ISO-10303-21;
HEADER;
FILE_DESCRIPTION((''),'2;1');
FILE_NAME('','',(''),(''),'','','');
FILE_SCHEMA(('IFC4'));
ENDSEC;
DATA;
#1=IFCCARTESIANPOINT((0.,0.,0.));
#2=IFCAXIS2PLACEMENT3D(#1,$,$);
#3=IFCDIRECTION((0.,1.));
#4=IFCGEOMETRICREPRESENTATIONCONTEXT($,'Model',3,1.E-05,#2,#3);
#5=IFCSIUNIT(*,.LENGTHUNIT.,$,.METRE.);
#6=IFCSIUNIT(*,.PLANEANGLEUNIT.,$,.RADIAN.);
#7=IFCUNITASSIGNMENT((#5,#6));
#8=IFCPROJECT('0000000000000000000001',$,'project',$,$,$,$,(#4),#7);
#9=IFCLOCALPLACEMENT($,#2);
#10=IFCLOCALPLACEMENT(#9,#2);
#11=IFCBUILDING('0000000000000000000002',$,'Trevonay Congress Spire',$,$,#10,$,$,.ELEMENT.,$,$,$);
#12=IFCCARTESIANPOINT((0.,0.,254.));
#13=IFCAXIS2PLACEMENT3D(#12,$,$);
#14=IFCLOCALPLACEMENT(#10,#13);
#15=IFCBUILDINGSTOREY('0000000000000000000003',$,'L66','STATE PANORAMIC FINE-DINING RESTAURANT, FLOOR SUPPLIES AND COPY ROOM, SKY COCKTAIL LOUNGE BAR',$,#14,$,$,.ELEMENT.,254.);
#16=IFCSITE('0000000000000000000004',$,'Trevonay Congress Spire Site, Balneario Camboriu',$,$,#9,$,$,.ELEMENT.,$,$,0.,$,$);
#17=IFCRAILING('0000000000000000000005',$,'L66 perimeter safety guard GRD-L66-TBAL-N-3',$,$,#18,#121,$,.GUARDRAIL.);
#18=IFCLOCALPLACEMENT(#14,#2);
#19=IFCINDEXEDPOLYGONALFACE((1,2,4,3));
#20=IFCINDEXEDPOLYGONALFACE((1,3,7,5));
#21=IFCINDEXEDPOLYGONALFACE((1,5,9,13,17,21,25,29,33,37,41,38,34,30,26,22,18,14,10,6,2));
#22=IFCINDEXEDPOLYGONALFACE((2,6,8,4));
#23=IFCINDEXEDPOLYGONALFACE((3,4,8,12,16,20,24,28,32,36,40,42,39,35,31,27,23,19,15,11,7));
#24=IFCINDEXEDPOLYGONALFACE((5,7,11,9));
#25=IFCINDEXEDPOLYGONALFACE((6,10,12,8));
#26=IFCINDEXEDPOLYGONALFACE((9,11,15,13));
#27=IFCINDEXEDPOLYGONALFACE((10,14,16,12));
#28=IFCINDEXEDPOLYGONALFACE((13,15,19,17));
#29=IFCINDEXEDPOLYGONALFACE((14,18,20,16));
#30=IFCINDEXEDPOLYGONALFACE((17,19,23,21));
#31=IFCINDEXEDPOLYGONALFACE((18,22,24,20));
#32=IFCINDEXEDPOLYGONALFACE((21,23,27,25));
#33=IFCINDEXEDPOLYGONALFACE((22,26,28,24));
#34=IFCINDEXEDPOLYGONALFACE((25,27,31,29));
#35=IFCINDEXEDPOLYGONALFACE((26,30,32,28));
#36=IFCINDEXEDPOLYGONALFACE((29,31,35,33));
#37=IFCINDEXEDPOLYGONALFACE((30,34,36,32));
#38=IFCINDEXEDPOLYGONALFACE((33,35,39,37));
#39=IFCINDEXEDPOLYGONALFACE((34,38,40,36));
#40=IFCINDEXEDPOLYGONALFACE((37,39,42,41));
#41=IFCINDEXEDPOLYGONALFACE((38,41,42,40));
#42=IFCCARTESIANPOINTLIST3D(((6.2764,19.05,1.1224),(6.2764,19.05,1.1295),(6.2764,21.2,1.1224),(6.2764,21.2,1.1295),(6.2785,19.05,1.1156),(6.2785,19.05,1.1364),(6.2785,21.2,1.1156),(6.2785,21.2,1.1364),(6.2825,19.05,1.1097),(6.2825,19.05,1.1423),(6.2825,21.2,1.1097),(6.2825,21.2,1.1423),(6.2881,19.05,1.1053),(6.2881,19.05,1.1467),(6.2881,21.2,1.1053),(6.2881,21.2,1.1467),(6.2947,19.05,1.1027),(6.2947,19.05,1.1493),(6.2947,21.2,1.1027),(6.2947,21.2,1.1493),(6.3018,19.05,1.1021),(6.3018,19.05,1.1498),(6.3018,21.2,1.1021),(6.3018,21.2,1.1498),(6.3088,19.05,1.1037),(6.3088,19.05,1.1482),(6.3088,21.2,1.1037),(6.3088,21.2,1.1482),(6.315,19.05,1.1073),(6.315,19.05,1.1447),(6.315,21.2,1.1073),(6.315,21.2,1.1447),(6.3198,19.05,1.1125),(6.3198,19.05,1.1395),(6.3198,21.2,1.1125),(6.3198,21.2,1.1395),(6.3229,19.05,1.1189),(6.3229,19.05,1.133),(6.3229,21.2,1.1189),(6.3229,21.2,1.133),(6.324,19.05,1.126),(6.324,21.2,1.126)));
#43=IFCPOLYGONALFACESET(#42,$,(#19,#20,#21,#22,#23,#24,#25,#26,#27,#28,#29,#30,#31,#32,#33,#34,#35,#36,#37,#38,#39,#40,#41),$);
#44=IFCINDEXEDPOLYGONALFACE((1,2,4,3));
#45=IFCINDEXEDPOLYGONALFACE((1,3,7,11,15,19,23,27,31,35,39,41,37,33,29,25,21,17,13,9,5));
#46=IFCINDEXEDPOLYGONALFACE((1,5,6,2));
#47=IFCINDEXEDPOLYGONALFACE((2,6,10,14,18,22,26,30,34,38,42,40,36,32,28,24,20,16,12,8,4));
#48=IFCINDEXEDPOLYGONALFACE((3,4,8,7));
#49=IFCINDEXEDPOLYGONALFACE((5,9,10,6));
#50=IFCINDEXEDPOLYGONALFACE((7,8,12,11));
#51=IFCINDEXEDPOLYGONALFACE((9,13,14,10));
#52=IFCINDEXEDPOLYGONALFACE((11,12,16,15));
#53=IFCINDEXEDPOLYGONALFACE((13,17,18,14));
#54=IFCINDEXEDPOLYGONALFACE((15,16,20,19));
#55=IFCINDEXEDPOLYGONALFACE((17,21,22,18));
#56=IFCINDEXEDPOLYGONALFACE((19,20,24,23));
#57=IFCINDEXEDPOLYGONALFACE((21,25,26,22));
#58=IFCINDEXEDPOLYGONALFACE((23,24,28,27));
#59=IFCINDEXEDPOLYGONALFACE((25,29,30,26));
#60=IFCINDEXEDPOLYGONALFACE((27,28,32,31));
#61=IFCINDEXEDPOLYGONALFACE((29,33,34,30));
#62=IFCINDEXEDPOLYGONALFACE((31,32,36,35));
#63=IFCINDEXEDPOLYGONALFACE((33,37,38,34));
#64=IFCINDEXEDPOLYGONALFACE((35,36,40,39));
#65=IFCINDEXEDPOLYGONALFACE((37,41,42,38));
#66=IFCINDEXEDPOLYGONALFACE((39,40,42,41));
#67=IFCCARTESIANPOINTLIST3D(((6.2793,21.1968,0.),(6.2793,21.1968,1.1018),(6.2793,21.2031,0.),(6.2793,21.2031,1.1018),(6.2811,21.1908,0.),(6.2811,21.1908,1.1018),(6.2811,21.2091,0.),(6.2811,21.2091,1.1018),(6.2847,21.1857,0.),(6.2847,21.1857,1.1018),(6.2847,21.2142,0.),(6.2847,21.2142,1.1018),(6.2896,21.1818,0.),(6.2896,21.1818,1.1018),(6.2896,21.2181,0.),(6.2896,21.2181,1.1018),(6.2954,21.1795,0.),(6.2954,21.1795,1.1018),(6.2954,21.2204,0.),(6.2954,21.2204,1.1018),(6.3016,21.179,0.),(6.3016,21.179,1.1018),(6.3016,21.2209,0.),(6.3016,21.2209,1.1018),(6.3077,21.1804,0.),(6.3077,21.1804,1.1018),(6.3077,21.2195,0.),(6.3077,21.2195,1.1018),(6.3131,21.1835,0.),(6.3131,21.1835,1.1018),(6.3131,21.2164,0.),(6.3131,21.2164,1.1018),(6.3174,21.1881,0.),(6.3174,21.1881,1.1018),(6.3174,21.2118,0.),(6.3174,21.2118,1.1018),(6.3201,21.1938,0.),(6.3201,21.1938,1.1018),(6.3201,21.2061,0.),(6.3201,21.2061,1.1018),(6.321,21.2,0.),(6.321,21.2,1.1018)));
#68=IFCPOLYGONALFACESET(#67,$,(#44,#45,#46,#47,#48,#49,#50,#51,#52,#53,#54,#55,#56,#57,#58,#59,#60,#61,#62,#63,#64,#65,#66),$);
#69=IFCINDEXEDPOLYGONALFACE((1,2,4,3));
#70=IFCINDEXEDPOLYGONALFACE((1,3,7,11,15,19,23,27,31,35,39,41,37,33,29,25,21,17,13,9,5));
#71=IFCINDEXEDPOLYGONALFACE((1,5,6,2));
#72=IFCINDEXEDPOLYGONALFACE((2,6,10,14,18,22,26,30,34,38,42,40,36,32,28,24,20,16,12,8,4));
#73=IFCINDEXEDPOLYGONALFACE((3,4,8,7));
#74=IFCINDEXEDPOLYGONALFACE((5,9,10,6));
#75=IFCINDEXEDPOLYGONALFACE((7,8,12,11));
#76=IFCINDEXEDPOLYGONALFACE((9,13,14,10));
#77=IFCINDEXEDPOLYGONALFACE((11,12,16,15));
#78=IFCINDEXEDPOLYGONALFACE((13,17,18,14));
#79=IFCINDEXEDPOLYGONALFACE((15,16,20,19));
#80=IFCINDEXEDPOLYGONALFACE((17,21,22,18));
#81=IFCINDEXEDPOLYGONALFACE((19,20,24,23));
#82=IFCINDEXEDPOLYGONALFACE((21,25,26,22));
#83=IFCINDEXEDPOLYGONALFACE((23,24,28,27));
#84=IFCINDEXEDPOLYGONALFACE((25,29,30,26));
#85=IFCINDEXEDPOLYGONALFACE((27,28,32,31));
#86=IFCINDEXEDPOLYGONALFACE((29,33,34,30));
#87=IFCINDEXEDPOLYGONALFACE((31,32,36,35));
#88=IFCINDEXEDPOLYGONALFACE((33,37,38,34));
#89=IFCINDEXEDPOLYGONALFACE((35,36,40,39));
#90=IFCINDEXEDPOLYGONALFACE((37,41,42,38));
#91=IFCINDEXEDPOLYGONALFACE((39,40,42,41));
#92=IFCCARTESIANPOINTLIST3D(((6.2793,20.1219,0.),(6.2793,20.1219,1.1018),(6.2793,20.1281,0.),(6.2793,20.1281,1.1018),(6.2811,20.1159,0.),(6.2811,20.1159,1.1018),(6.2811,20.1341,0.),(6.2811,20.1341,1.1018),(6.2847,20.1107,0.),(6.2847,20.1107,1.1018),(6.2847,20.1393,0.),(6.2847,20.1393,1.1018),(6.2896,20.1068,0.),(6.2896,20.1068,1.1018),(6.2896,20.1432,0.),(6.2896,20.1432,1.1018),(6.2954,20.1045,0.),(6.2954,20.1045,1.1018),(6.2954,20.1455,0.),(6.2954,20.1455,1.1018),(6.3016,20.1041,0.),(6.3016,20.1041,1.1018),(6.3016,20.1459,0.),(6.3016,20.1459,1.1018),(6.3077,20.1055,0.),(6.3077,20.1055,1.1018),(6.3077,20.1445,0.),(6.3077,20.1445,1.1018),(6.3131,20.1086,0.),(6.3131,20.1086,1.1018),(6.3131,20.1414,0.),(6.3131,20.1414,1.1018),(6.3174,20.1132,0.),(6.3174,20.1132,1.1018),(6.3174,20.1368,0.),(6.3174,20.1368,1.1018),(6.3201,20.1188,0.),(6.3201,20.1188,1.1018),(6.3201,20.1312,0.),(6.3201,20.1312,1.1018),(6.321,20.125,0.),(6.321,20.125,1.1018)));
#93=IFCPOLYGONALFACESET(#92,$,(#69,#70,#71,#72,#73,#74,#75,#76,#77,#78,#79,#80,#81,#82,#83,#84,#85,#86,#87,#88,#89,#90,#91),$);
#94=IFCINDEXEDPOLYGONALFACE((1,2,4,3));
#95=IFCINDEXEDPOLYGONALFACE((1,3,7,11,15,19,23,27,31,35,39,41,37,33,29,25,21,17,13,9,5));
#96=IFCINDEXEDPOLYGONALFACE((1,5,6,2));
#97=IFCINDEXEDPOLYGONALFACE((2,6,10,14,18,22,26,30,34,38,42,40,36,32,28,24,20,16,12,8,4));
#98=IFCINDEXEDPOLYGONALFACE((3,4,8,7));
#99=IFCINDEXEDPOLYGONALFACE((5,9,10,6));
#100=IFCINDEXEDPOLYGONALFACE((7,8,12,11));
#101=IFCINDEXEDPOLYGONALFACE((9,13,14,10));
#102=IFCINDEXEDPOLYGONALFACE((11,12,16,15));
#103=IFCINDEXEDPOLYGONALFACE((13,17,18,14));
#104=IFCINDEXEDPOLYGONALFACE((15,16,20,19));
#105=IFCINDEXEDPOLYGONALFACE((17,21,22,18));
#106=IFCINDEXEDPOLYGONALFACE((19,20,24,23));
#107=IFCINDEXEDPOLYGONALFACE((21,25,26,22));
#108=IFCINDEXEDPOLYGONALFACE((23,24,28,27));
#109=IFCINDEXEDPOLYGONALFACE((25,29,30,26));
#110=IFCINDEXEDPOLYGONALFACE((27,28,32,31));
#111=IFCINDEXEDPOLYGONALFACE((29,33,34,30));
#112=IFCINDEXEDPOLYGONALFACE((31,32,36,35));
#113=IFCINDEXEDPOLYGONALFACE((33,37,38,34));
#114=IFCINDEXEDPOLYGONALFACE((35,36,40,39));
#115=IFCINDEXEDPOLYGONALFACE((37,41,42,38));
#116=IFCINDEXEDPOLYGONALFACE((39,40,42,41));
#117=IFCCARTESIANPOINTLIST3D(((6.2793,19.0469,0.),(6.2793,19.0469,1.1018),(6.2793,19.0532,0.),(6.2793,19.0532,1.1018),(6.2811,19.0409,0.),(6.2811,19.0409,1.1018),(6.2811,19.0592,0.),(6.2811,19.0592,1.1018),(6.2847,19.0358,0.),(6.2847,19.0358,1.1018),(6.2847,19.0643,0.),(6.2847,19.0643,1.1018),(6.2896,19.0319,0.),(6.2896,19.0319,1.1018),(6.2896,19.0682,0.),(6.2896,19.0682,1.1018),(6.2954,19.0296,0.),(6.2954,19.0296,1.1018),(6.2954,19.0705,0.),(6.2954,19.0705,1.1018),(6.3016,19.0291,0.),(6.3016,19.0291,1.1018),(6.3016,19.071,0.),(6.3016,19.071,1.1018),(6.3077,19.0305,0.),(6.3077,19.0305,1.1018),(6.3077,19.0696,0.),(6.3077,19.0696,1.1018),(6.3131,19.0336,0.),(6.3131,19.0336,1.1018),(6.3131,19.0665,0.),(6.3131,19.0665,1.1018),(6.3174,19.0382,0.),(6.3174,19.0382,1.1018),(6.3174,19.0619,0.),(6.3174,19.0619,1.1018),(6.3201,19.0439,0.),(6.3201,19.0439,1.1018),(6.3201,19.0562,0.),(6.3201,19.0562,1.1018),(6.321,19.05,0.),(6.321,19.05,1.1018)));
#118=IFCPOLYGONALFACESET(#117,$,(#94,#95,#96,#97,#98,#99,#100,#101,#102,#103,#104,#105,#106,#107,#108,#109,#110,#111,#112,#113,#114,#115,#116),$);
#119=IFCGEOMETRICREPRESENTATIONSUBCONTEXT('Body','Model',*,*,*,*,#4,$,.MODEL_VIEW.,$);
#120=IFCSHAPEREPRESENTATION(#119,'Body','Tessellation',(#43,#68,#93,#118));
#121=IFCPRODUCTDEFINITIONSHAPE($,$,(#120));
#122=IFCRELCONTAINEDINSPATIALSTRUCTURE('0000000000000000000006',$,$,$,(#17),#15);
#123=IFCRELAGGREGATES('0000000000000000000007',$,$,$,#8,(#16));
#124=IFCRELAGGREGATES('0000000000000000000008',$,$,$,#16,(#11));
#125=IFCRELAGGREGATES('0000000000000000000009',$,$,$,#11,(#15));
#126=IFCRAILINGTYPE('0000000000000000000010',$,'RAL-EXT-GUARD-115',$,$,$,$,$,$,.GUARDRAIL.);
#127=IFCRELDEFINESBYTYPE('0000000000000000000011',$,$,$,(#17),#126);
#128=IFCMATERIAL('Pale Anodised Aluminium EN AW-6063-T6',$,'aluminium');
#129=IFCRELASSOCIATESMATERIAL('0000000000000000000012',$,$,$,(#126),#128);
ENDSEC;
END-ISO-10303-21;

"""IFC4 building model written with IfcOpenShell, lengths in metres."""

from ifc_helpers import new_model, si_unit, direction, frame, origin, origin_2d, place, context, subcontext, project, spatial, circle, extrude, material, type_object, element, save


model = new_model("IFC4")

# Units and contexts
model_context = context("Model", 3, precision=1e-05, world=origin(), true_north=direction((0.0, 1.0)))
body_context = subcontext(model_context, "Body", "Model", "MODEL_VIEW")
ifc_project = project(units=[si_unit("LENGTHUNIT", "METRE"), si_unit("PLANEANGLEUNIT", "RADIAN")], contexts=[model_context])

# Site, building, storey
site_placement = place(None, origin())
site = spatial("IfcSite", under=ifc_project, at=site_placement, Name="Trevonay Congress Spire Site, Balneario Camboriu", CompositionType="ELEMENT", RefElevation=0.0)
building_placement = place(site_placement, origin())
building = spatial("IfcBuilding", under=site, at=building_placement, Name="Trevonay Congress Spire", CompositionType="ELEMENT")
storey_placement = place(building_placement, frame((0.0, 0.0, 254.0)))
storey = spatial("IfcBuildingStorey", under=building, at=storey_placement, Name="L66", Description="STATE PANORAMIC FINE-DINING RESTAURANT, FLOOR SUPPLIES AND COPY ROOM, SKY COCKTAIL LOUNGE BAR", CompositionType="ELEMENT", Elevation=254.0)

# Shared definitions
ifc_material_1 = material(Name="Pale Anodised Aluminium EN AW-6063-T6", Category="aluminium")

# Railing
railing_type = type_object("IfcRailingType", Name="RAL-EXT-GUARD-115", PredefinedType="GUARDRAIL", material=ifc_material_1)
railing_1_placement = place(storey_placement, frame((6.3, 21.2, 0.0)))
element("IfcRailing", 1, at=railing_1_placement, inside=storey, type_object=railing_type, Name="L66 perimeter safety guard GRD-L66-TBAL-N-3", PredefinedType="GUARDRAIL", context=body_context, shape_type="SweptSolid", body=[
    extrude(circle(Radius=0.0239, at=origin_2d()), frame((0.0, 0.0, 1.126), z_axis=(0.0, -1.0, 0.0), x_axis=(1.0, 0.0, 0.0)), (0.0, 0.0, 1.0), 2.1499),
    extrude(circle(Radius=0.021, at=origin_2d()), origin(), (0.0, 0.0, 1.0), 1.1018),
    extrude(circle(Radius=0.021, at=origin_2d()), frame((0.0, -1.075, 0.0)), (0.0, 0.0, 1.0), 1.1018),
    extrude(circle(Radius=0.021, at=origin_2d()), frame((0.0, -2.1499, 0.0)), (0.0, 0.0, 1.0), 1.1018),
])

save(model, "model.ifc")
